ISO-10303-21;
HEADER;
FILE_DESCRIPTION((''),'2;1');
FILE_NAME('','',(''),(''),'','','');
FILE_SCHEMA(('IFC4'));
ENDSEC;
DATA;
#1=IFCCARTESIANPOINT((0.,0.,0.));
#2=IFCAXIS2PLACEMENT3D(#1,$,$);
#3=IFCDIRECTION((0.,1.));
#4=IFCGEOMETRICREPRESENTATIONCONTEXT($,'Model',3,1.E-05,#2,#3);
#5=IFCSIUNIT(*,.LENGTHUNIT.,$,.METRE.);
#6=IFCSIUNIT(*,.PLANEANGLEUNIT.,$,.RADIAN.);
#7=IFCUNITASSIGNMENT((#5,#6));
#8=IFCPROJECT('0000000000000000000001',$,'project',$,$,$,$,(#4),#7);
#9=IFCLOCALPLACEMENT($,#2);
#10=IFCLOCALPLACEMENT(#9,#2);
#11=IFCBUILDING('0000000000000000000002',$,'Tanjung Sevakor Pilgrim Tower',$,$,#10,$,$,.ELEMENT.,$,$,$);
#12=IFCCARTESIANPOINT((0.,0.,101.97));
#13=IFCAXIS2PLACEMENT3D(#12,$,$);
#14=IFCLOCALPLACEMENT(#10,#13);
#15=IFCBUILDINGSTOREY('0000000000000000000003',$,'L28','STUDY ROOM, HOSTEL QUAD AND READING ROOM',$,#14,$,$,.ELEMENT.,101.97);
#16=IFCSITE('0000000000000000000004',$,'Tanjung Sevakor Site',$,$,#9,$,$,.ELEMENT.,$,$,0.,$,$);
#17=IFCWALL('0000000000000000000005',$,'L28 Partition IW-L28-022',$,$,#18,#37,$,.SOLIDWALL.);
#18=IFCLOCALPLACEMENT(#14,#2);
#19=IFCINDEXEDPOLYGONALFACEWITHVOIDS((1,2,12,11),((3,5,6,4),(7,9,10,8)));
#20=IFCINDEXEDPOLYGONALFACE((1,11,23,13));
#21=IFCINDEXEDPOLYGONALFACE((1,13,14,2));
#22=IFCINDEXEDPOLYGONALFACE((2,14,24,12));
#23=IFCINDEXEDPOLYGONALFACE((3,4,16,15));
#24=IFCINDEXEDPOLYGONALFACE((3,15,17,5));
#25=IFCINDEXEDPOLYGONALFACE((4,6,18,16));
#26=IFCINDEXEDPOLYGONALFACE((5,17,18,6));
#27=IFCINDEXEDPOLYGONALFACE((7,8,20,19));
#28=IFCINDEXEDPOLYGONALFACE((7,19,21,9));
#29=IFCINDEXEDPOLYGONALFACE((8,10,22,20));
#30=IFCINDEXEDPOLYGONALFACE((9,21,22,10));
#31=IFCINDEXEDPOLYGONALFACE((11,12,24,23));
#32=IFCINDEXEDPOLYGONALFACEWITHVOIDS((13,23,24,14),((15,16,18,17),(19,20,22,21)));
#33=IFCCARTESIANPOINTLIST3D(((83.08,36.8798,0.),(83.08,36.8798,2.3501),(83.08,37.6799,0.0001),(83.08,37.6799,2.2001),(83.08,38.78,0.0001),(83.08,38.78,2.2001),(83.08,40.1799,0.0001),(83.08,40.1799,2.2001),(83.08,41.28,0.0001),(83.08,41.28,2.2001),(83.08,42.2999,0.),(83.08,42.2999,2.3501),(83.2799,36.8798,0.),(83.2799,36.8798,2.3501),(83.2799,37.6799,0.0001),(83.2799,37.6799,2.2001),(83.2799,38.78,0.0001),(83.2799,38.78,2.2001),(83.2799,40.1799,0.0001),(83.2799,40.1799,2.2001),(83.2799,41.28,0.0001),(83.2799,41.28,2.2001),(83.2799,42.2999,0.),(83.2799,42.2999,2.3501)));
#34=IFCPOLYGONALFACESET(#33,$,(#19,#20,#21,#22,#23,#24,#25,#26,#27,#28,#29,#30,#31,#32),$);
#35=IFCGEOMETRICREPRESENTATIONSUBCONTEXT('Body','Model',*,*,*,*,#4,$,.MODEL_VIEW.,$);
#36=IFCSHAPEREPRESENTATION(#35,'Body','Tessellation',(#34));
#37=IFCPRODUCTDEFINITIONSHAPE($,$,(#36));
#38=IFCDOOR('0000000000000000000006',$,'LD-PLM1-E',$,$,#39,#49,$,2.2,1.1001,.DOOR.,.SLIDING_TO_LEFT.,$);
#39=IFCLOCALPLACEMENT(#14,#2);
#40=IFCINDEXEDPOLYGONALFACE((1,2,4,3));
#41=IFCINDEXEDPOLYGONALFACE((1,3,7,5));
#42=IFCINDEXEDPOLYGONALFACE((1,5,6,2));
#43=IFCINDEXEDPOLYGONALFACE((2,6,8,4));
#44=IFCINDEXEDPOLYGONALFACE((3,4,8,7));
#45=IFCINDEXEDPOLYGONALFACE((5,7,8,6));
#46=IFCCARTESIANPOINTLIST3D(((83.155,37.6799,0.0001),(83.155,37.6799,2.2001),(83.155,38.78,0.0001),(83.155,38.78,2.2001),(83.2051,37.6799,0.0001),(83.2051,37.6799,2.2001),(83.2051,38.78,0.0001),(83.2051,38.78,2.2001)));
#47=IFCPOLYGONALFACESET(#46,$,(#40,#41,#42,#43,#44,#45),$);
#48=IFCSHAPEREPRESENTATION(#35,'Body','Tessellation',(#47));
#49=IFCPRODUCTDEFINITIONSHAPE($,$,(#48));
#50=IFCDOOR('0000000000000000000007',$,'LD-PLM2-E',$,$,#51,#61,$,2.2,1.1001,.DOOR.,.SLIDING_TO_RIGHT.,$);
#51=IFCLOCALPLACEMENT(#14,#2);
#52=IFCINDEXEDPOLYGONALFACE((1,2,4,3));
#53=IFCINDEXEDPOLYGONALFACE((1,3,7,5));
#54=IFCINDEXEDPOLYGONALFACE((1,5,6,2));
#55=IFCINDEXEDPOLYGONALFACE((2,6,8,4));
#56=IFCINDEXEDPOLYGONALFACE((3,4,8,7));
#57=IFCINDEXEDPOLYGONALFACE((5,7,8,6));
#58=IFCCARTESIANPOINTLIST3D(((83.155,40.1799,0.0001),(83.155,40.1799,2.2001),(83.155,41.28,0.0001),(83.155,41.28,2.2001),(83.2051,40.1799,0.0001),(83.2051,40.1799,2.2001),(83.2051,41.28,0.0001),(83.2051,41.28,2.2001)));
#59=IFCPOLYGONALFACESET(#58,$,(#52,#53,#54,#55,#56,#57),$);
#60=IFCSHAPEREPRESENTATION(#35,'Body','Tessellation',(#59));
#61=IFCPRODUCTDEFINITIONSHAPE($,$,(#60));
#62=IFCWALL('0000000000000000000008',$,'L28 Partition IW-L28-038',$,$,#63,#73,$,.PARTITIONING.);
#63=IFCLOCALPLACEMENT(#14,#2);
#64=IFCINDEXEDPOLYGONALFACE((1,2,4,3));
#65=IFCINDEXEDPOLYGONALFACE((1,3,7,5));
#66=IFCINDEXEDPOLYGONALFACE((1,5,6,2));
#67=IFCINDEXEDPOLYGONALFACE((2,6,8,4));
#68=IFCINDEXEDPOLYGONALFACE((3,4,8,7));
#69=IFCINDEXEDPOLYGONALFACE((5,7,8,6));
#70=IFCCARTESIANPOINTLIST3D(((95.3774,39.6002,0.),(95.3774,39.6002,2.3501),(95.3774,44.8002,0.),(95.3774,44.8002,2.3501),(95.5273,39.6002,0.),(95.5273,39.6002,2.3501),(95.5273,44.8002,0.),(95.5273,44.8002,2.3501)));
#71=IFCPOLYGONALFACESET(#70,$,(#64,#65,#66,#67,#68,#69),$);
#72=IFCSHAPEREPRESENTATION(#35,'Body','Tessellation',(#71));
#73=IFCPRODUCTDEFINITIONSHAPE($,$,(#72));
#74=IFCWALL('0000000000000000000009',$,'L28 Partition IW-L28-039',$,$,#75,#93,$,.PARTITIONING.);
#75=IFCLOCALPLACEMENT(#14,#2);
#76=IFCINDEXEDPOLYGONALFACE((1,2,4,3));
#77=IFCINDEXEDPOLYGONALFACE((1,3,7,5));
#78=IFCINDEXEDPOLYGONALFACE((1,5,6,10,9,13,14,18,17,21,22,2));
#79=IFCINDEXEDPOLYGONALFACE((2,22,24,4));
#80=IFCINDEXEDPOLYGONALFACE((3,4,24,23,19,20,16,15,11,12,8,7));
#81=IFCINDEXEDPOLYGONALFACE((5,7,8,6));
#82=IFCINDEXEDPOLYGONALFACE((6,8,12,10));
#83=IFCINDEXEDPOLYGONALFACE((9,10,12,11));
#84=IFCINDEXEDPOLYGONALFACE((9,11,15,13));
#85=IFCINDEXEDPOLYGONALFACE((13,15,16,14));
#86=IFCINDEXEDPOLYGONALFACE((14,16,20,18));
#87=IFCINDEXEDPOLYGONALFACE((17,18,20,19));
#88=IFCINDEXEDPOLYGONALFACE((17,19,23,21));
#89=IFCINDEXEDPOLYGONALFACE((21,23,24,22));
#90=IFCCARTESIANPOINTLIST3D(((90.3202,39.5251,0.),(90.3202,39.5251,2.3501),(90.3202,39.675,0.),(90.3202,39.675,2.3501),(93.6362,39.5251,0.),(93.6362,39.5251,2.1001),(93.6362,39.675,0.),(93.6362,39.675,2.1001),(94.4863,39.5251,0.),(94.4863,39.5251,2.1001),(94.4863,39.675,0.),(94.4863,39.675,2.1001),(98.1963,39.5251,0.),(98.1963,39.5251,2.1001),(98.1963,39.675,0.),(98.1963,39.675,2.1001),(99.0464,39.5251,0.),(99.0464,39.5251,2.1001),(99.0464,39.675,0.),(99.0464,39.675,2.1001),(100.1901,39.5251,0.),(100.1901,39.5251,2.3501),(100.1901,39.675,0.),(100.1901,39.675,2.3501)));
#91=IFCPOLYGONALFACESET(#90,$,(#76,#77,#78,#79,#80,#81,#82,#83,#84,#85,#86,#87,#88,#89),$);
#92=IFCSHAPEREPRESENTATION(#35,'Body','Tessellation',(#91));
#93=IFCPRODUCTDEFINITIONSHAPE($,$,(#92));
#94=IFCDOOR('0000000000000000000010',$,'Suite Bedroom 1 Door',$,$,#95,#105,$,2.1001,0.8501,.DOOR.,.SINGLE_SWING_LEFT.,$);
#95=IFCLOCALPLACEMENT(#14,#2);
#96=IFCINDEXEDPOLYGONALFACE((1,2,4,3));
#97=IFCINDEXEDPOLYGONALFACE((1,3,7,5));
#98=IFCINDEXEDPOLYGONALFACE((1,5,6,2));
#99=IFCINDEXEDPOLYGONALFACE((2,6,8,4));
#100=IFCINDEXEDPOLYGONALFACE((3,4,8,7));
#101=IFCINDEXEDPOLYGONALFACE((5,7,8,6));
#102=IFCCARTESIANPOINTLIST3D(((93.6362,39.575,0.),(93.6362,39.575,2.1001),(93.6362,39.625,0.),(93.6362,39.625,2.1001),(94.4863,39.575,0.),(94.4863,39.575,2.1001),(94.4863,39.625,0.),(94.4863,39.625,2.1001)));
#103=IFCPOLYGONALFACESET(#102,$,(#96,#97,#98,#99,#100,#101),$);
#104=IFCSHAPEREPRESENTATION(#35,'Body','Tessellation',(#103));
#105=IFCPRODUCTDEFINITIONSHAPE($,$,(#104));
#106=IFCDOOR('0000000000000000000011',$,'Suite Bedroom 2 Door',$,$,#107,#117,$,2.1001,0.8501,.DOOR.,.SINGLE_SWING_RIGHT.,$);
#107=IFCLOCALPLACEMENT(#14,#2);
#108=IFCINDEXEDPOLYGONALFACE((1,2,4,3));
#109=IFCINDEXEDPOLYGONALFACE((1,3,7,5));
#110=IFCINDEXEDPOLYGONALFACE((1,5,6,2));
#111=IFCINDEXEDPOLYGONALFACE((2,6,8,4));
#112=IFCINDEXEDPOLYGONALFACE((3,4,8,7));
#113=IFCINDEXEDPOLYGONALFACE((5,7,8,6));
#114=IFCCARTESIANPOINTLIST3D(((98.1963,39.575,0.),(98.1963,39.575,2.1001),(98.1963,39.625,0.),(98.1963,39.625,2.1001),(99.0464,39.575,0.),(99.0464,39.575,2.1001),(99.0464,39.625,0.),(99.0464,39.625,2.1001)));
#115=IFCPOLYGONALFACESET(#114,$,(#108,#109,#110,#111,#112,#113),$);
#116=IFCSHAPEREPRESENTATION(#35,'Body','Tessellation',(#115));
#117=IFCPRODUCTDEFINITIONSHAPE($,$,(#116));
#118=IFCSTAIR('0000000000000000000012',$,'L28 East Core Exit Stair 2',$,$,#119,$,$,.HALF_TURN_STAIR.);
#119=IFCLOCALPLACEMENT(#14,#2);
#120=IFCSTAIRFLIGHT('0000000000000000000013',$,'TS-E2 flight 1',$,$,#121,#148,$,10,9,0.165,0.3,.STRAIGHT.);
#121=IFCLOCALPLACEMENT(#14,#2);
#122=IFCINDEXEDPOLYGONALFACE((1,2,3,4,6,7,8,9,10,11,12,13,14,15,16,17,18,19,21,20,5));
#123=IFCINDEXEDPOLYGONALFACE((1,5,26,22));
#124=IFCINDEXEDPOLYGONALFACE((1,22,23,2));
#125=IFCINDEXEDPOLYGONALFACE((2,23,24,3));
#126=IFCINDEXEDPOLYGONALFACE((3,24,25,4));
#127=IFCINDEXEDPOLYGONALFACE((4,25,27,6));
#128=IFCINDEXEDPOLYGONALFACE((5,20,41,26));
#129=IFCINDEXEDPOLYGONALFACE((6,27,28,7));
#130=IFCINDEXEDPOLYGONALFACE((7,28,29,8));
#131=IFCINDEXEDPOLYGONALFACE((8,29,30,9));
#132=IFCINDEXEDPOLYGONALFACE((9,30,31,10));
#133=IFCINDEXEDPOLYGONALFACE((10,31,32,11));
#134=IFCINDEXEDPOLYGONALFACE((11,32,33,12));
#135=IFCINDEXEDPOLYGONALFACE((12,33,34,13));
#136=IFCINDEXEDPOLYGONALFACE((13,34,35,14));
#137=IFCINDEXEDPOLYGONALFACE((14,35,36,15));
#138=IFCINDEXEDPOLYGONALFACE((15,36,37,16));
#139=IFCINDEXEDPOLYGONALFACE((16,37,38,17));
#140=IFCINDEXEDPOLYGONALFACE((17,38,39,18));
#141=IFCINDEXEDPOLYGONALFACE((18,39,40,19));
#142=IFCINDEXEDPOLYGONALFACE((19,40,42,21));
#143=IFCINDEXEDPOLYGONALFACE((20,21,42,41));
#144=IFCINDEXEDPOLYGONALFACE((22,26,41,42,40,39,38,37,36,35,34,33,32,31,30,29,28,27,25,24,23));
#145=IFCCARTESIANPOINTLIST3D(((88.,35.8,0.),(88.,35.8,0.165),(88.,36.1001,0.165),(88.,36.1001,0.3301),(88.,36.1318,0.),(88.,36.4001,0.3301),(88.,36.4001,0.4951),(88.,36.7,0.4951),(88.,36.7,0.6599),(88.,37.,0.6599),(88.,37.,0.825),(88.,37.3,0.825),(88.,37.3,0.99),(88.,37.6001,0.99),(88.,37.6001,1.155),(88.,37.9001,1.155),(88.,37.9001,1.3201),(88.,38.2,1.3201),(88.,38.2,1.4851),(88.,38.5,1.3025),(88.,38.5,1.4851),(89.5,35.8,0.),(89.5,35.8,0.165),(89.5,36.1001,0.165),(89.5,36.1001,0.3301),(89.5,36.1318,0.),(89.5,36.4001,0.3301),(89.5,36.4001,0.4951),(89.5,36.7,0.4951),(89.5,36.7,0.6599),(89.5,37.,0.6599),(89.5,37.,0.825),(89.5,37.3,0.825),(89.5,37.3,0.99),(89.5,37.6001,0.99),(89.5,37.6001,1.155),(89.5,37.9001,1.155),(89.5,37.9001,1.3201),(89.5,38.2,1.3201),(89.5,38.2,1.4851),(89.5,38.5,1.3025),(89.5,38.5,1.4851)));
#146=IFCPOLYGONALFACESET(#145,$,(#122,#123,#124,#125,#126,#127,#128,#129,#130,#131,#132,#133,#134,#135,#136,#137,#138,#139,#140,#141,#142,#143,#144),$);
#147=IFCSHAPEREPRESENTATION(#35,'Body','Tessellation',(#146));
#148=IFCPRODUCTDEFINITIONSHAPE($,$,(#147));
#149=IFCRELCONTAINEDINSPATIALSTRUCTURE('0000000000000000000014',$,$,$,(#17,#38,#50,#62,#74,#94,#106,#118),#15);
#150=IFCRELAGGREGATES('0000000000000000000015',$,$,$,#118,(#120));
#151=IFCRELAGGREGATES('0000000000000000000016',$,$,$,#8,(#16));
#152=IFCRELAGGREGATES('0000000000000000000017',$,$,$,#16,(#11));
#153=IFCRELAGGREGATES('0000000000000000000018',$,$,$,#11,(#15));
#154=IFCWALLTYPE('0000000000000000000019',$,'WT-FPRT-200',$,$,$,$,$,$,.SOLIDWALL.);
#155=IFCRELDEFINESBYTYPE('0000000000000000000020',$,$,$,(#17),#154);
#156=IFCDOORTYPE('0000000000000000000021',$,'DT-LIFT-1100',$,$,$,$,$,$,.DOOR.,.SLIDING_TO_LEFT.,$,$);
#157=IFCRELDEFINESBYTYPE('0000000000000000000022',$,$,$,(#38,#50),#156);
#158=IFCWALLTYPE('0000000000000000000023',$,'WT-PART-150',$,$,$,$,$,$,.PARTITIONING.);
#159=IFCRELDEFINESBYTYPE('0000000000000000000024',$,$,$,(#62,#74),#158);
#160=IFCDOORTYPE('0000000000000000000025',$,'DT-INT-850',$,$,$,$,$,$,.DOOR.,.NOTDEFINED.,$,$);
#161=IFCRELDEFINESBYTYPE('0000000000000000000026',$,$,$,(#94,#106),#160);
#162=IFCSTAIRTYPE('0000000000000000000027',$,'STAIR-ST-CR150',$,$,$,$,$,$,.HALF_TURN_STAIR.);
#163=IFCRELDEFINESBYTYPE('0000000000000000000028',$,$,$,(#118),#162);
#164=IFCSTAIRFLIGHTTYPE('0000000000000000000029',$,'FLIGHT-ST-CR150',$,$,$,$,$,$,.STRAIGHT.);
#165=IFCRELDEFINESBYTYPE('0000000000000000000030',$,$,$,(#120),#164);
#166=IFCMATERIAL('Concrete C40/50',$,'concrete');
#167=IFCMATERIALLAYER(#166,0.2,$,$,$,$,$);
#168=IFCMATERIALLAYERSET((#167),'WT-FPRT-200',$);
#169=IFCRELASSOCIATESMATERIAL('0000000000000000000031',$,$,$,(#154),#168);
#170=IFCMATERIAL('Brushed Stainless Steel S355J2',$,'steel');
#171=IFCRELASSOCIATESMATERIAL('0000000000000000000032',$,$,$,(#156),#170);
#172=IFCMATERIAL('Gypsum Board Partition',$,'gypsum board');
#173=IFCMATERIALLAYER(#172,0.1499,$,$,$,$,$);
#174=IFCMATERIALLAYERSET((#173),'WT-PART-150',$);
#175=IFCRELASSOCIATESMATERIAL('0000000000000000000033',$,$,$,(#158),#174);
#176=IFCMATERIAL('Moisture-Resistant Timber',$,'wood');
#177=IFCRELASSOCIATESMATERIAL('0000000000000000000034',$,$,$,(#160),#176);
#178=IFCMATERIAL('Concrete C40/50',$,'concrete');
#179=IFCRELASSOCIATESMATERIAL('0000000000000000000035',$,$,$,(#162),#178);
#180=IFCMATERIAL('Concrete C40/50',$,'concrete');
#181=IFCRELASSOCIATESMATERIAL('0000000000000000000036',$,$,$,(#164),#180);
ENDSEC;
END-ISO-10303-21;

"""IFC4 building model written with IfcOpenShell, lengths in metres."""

from ifc_helpers import new_model, si_unit, direction, frame, frame_2d, origin, place, context, subcontext, project, spatial, polyline, rectangle, outline, extrude, material, layer, layer_set, type_object, element, fill, aggregate, save


model = new_model("IFC4")

# Units and contexts
model_context = context("Model", 3, precision=1e-05, world=origin(), true_north=direction((0.0, 1.0)))
body_context = subcontext(model_context, "Body", "Model", "MODEL_VIEW")
ifc_project = project(units=[si_unit("LENGTHUNIT", "METRE"), si_unit("PLANEANGLEUNIT", "RADIAN")], contexts=[model_context])

# Site, building, storey
site_placement = place(None, origin())
site = spatial("IfcSite", under=ifc_project, at=site_placement, Name="Tanjung Sevakor Site", CompositionType="ELEMENT", RefElevation=0.0)
building_placement = place(site_placement, origin())
building = spatial("IfcBuilding", under=site, at=building_placement, Name="Tanjung Sevakor Pilgrim Tower", CompositionType="ELEMENT")
storey_placement = place(building_placement, frame((0.0, 0.0, 101.97)))
storey = spatial("IfcBuildingStorey", under=building, at=storey_placement, Name="L28", Description="STUDY ROOM, HOSTEL QUAD AND READING ROOM", CompositionType="ELEMENT", Elevation=101.97)

# Shared definitions
ifc_material_1 = material(Name="Concrete C40/50", Category="concrete")
ifc_layer_1 = layer(ifc_material_1, 0.2)
ifc_layer_set_1 = layer_set([ifc_layer_1], Name="WT-FPRT-200")
wall_type_1 = type_object("IfcWallType", Name="WT-FPRT-200", PredefinedType="SOLIDWALL", material=ifc_layer_set_1)

# Wall, openings, doors
wall_1_placement = place(storey_placement, frame((83.1799, 36.8799, 0.0), z_axis=(0.0, 0.0, 1.0), x_axis=(0.0, 1.0, 0.0)))
wall_1 = element("IfcWall", 1, at=wall_1_placement, inside=storey, type_object=wall_type_1, Name="L28 Partition IW-L28-022", PredefinedType="SOLIDWALL", context=body_context, shape_type="SweptSolid", body=[
    extrude(rectangle(XDim=5.4202, YDim=0.2, at=frame_2d((2.71, 0.0))), origin(), (0.0, 0.0, 1.0), 2.3501),
])
opening_1_placement = place(wall_1_placement, frame((0.8, 0.0, 0.0)))
opening_1 = element("IfcOpeningElement", 2, at=opening_1_placement, cuts=wall_1, PredefinedType="OPENING", context=body_context, shape_type="SweptSolid", body=[
    extrude(rectangle(XDim=1.1001, YDim=2.2, at=frame_2d((0.55, 1.1001))), frame((0.0, 0.1099, 0.0), z_axis=(0.0, -1.0, 0.0), x_axis=(1.0, 0.0, 0.0)), (0.0, 0.0, 1.0), 0.22),
])
opening_2_placement = place(wall_1_placement, frame((3.3, 0.0, 0.0)))
opening_2 = element("IfcOpeningElement", 3, at=opening_2_placement, cuts=wall_1, PredefinedType="OPENING", context=body_context, shape_type="SweptSolid", body=[
    extrude(rectangle(XDim=1.1001, YDim=2.2, at=frame_2d((0.55, 1.1001))), frame((0.0, 0.1099, 0.0), z_axis=(0.0, -1.0, 0.0), x_axis=(1.0, 0.0, 0.0)), (0.0, 0.0, 1.0), 0.22),
])
ifc_material_2 = material(Name="Brushed Stainless Steel S355J2", Category="steel")
door_type_1 = type_object("IfcDoorType", Name="DT-LIFT-1100", OperationType="SLIDING_TO_LEFT", PredefinedType="DOOR", material=ifc_material_2)
door_1_placement = place(opening_1_placement, origin())
door_1 = element("IfcDoor", 4, at=door_1_placement, inside=storey, type_object=door_type_1, Name="LD-PLM1-E", OperationType="SLIDING_TO_LEFT", OverallHeight=2.2, OverallWidth=1.1001, PredefinedType="DOOR", context=body_context, shape_type="SweptSolid", body=[
    extrude(rectangle(XDim=1.1001, YDim=2.2, at=frame_2d((0.55, 1.1001))), frame((0.0, 0.0249, 0.0), z_axis=(0.0, -1.0, 0.0), x_axis=(1.0, 0.0, 0.0)), (0.0, 0.0, 1.0), 0.05),
])
fill(opening_1, door_1)
door_2_placement = place(opening_2_placement, origin())
door_2 = element("IfcDoor", 5, at=door_2_placement, inside=storey, type_object=door_type_1, Name="LD-PLM2-E", OperationType="SLIDING_TO_RIGHT", OverallHeight=2.2, OverallWidth=1.1001, PredefinedType="DOOR", context=body_context, shape_type="SweptSolid", body=[
    extrude(rectangle(XDim=1.1001, YDim=2.2, at=frame_2d((0.55, 1.1001))), frame((0.0, 0.0249, 0.0), z_axis=(0.0, -1.0, 0.0), x_axis=(1.0, 0.0, 0.0)), (0.0, 0.0, 1.0), 0.05),
])
fill(opening_2, door_2)

# Wall
ifc_material_3 = material(Name="Gypsum Board Partition", Category="gypsum board")
ifc_layer_2 = layer(ifc_material_3, 0.1499)
ifc_layer_set_2 = layer_set([ifc_layer_2], Name="WT-PART-150")
wall_type_2 = type_object("IfcWallType", Name="WT-PART-150", PredefinedType="PARTITIONING", material=ifc_layer_set_2)
wall_2_placement = place(storey_placement, frame((95.4524, 39.6001, 0.0), z_axis=(0.0, 0.0, 1.0), x_axis=(0.0, 1.0, 0.0)))
element("IfcWall", 6, at=wall_2_placement, inside=storey, type_object=wall_type_2, Name="L28 Partition IW-L28-038", PredefinedType="PARTITIONING", context=body_context, shape_type="SweptSolid", body=[
    extrude(rectangle(XDim=5.2, YDim=0.1499, at=frame_2d((2.6001, 0.0))), origin(), (0.0, 0.0, 1.0), 2.3501),
])

# Wall, openings, doors
wall_3_placement = place(storey_placement, frame((90.3201, 39.6001, 0.0), z_axis=(0.0, 0.0, 1.0), x_axis=(1.0, 0.0, 0.0)))
wall_3 = element("IfcWall", 7, at=wall_3_placement, inside=storey, type_object=wall_type_2, Name="L28 Partition IW-L28-039", PredefinedType="PARTITIONING", context=body_context, shape_type="SweptSolid", body=[
    extrude(rectangle(XDim=9.8699, YDim=0.1499, at=frame_2d((4.9351, 0.0))), origin(), (0.0, 0.0, 1.0), 2.3501),
])
opening_3_placement = place(wall_3_placement, frame((3.3162, 0.0, 0.0)))
opening_3 = element("IfcOpeningElement", 8, at=opening_3_placement, cuts=wall_3, PredefinedType="OPENING", context=body_context, shape_type="SweptSolid", body=[
    extrude(rectangle(XDim=0.8501, YDim=2.1001, at=frame_2d((0.425, 1.05))), frame((0.0, 0.085, 0.0), z_axis=(0.0, -1.0, 0.0), x_axis=(1.0, 0.0, 0.0)), (0.0, 0.0, 1.0), 0.1699),
])
opening_4_placement = place(wall_3_placement, frame((7.8762, 0.0, 0.0)))
opening_4 = element("IfcOpeningElement", 9, at=opening_4_placement, cuts=wall_3, PredefinedType="OPENING", context=body_context, shape_type="SweptSolid", body=[
    extrude(rectangle(XDim=0.8501, YDim=2.1001, at=frame_2d((0.425, 1.05))), frame((0.0, 0.085, 0.0), z_axis=(0.0, -1.0, 0.0), x_axis=(1.0, 0.0, 0.0)), (0.0, 0.0, 1.0), 0.1699),
])
ifc_material_4 = material(Name="Moisture-Resistant Timber", Category="wood")
door_type_2 = type_object("IfcDoorType", Name="DT-INT-850", OperationType="NOTDEFINED", PredefinedType="DOOR", material=ifc_material_4)
door_3_placement = place(opening_3_placement, origin())
door_3 = element("IfcDoor", 10, at=door_3_placement, inside=storey, type_object=door_type_2, Name="Suite Bedroom 1 Door", OperationType="SINGLE_SWING_LEFT", OverallHeight=2.1001, OverallWidth=0.8501, PredefinedType="DOOR", context=body_context, shape_type="SweptSolid", body=[
    extrude(rectangle(XDim=0.8501, YDim=2.1001, at=frame_2d((0.425, 1.05))), frame((0.0, 0.0249, 0.0), z_axis=(0.0, -1.0, 0.0), x_axis=(1.0, 0.0, 0.0)), (0.0, 0.0, 1.0), 0.05),
])
fill(opening_3, door_3)
door_4_placement = place(opening_4_placement, origin())
door_4 = element("IfcDoor", 11, at=door_4_placement, inside=storey, type_object=door_type_2, Name="Suite Bedroom 2 Door", OperationType="SINGLE_SWING_RIGHT", OverallHeight=2.1001, OverallWidth=0.8501, PredefinedType="DOOR", context=body_context, shape_type="SweptSolid", body=[
    extrude(rectangle(XDim=0.8501, YDim=2.1001, at=frame_2d((0.425, 1.05))), frame((0.0, 0.0249, 0.0), z_axis=(0.0, -1.0, 0.0), x_axis=(1.0, 0.0, 0.0)), (0.0, 0.0, 1.0), 0.05),
])
fill(opening_4, door_4)

# Stair, stair flight
ifc_material_5 = material(Name="Concrete C40/50", Category="concrete")
stair_type = type_object("IfcStairType", Name="STAIR-ST-CR150", PredefinedType="HALF_TURN_STAIR", material=ifc_material_5)
stair_placement = place(storey_placement, origin())
stair = element("IfcStair", 12, at=stair_placement, inside=storey, type_object=stair_type, Name="L28 East Core Exit Stair 2", PredefinedType="HALF_TURN_STAIR")
ifc_material_6 = material(Name="Concrete C40/50", Category="concrete")
stair_flight_type = type_object("IfcStairFlightType", Name="FLIGHT-ST-CR150", PredefinedType="STRAIGHT", material=ifc_material_6)
stair_flight_1_placement = place(storey_placement, frame((88.75, 35.8, 0.0), z_axis=(0.0, 0.0, 1.0), x_axis=(0.0, 1.0, 0.0)))
stair_flight_1 = element("IfcStairFlight", 13, at=stair_flight_1_placement, type_object=stair_flight_type, Name="TS-E2 flight 1", NumberOfRisers=10, NumberOfTreads=9, PredefinedType="STRAIGHT", RiserHeight=0.165, TreadLength=0.3, context=body_context, shape_type="SweptSolid", body=[
    extrude(outline(polyline([(0.0, 0.0), (0.0, 0.165), (0.3, 0.165), (0.3, 0.3301), (0.6001, 0.3301), (0.6001, 0.4951), (0.8999, 0.4951), (0.8999, 0.6599), (1.2, 0.6599), (1.2, 0.825), (1.5, 0.825), (1.5, 0.99), (1.8, 0.99), (1.8, 1.155), (2.1001, 1.155), (2.1001, 1.3201), (2.3999, 1.3201), (2.3999, 1.4851), (2.7, 1.4851), (2.7, 1.6499), (2.7, 1.3025), (0.3318, 0.0), (0.0, 0.0)])), frame((0.0, 0.75, 0.0), z_axis=(0.0, -1.0, 0.0), x_axis=(1.0, 0.0, 0.0)), (0.0, 0.0, 1.0), 1.5),
])
aggregate(stair, [stair_flight_1])

save(model, "model.ifc")
